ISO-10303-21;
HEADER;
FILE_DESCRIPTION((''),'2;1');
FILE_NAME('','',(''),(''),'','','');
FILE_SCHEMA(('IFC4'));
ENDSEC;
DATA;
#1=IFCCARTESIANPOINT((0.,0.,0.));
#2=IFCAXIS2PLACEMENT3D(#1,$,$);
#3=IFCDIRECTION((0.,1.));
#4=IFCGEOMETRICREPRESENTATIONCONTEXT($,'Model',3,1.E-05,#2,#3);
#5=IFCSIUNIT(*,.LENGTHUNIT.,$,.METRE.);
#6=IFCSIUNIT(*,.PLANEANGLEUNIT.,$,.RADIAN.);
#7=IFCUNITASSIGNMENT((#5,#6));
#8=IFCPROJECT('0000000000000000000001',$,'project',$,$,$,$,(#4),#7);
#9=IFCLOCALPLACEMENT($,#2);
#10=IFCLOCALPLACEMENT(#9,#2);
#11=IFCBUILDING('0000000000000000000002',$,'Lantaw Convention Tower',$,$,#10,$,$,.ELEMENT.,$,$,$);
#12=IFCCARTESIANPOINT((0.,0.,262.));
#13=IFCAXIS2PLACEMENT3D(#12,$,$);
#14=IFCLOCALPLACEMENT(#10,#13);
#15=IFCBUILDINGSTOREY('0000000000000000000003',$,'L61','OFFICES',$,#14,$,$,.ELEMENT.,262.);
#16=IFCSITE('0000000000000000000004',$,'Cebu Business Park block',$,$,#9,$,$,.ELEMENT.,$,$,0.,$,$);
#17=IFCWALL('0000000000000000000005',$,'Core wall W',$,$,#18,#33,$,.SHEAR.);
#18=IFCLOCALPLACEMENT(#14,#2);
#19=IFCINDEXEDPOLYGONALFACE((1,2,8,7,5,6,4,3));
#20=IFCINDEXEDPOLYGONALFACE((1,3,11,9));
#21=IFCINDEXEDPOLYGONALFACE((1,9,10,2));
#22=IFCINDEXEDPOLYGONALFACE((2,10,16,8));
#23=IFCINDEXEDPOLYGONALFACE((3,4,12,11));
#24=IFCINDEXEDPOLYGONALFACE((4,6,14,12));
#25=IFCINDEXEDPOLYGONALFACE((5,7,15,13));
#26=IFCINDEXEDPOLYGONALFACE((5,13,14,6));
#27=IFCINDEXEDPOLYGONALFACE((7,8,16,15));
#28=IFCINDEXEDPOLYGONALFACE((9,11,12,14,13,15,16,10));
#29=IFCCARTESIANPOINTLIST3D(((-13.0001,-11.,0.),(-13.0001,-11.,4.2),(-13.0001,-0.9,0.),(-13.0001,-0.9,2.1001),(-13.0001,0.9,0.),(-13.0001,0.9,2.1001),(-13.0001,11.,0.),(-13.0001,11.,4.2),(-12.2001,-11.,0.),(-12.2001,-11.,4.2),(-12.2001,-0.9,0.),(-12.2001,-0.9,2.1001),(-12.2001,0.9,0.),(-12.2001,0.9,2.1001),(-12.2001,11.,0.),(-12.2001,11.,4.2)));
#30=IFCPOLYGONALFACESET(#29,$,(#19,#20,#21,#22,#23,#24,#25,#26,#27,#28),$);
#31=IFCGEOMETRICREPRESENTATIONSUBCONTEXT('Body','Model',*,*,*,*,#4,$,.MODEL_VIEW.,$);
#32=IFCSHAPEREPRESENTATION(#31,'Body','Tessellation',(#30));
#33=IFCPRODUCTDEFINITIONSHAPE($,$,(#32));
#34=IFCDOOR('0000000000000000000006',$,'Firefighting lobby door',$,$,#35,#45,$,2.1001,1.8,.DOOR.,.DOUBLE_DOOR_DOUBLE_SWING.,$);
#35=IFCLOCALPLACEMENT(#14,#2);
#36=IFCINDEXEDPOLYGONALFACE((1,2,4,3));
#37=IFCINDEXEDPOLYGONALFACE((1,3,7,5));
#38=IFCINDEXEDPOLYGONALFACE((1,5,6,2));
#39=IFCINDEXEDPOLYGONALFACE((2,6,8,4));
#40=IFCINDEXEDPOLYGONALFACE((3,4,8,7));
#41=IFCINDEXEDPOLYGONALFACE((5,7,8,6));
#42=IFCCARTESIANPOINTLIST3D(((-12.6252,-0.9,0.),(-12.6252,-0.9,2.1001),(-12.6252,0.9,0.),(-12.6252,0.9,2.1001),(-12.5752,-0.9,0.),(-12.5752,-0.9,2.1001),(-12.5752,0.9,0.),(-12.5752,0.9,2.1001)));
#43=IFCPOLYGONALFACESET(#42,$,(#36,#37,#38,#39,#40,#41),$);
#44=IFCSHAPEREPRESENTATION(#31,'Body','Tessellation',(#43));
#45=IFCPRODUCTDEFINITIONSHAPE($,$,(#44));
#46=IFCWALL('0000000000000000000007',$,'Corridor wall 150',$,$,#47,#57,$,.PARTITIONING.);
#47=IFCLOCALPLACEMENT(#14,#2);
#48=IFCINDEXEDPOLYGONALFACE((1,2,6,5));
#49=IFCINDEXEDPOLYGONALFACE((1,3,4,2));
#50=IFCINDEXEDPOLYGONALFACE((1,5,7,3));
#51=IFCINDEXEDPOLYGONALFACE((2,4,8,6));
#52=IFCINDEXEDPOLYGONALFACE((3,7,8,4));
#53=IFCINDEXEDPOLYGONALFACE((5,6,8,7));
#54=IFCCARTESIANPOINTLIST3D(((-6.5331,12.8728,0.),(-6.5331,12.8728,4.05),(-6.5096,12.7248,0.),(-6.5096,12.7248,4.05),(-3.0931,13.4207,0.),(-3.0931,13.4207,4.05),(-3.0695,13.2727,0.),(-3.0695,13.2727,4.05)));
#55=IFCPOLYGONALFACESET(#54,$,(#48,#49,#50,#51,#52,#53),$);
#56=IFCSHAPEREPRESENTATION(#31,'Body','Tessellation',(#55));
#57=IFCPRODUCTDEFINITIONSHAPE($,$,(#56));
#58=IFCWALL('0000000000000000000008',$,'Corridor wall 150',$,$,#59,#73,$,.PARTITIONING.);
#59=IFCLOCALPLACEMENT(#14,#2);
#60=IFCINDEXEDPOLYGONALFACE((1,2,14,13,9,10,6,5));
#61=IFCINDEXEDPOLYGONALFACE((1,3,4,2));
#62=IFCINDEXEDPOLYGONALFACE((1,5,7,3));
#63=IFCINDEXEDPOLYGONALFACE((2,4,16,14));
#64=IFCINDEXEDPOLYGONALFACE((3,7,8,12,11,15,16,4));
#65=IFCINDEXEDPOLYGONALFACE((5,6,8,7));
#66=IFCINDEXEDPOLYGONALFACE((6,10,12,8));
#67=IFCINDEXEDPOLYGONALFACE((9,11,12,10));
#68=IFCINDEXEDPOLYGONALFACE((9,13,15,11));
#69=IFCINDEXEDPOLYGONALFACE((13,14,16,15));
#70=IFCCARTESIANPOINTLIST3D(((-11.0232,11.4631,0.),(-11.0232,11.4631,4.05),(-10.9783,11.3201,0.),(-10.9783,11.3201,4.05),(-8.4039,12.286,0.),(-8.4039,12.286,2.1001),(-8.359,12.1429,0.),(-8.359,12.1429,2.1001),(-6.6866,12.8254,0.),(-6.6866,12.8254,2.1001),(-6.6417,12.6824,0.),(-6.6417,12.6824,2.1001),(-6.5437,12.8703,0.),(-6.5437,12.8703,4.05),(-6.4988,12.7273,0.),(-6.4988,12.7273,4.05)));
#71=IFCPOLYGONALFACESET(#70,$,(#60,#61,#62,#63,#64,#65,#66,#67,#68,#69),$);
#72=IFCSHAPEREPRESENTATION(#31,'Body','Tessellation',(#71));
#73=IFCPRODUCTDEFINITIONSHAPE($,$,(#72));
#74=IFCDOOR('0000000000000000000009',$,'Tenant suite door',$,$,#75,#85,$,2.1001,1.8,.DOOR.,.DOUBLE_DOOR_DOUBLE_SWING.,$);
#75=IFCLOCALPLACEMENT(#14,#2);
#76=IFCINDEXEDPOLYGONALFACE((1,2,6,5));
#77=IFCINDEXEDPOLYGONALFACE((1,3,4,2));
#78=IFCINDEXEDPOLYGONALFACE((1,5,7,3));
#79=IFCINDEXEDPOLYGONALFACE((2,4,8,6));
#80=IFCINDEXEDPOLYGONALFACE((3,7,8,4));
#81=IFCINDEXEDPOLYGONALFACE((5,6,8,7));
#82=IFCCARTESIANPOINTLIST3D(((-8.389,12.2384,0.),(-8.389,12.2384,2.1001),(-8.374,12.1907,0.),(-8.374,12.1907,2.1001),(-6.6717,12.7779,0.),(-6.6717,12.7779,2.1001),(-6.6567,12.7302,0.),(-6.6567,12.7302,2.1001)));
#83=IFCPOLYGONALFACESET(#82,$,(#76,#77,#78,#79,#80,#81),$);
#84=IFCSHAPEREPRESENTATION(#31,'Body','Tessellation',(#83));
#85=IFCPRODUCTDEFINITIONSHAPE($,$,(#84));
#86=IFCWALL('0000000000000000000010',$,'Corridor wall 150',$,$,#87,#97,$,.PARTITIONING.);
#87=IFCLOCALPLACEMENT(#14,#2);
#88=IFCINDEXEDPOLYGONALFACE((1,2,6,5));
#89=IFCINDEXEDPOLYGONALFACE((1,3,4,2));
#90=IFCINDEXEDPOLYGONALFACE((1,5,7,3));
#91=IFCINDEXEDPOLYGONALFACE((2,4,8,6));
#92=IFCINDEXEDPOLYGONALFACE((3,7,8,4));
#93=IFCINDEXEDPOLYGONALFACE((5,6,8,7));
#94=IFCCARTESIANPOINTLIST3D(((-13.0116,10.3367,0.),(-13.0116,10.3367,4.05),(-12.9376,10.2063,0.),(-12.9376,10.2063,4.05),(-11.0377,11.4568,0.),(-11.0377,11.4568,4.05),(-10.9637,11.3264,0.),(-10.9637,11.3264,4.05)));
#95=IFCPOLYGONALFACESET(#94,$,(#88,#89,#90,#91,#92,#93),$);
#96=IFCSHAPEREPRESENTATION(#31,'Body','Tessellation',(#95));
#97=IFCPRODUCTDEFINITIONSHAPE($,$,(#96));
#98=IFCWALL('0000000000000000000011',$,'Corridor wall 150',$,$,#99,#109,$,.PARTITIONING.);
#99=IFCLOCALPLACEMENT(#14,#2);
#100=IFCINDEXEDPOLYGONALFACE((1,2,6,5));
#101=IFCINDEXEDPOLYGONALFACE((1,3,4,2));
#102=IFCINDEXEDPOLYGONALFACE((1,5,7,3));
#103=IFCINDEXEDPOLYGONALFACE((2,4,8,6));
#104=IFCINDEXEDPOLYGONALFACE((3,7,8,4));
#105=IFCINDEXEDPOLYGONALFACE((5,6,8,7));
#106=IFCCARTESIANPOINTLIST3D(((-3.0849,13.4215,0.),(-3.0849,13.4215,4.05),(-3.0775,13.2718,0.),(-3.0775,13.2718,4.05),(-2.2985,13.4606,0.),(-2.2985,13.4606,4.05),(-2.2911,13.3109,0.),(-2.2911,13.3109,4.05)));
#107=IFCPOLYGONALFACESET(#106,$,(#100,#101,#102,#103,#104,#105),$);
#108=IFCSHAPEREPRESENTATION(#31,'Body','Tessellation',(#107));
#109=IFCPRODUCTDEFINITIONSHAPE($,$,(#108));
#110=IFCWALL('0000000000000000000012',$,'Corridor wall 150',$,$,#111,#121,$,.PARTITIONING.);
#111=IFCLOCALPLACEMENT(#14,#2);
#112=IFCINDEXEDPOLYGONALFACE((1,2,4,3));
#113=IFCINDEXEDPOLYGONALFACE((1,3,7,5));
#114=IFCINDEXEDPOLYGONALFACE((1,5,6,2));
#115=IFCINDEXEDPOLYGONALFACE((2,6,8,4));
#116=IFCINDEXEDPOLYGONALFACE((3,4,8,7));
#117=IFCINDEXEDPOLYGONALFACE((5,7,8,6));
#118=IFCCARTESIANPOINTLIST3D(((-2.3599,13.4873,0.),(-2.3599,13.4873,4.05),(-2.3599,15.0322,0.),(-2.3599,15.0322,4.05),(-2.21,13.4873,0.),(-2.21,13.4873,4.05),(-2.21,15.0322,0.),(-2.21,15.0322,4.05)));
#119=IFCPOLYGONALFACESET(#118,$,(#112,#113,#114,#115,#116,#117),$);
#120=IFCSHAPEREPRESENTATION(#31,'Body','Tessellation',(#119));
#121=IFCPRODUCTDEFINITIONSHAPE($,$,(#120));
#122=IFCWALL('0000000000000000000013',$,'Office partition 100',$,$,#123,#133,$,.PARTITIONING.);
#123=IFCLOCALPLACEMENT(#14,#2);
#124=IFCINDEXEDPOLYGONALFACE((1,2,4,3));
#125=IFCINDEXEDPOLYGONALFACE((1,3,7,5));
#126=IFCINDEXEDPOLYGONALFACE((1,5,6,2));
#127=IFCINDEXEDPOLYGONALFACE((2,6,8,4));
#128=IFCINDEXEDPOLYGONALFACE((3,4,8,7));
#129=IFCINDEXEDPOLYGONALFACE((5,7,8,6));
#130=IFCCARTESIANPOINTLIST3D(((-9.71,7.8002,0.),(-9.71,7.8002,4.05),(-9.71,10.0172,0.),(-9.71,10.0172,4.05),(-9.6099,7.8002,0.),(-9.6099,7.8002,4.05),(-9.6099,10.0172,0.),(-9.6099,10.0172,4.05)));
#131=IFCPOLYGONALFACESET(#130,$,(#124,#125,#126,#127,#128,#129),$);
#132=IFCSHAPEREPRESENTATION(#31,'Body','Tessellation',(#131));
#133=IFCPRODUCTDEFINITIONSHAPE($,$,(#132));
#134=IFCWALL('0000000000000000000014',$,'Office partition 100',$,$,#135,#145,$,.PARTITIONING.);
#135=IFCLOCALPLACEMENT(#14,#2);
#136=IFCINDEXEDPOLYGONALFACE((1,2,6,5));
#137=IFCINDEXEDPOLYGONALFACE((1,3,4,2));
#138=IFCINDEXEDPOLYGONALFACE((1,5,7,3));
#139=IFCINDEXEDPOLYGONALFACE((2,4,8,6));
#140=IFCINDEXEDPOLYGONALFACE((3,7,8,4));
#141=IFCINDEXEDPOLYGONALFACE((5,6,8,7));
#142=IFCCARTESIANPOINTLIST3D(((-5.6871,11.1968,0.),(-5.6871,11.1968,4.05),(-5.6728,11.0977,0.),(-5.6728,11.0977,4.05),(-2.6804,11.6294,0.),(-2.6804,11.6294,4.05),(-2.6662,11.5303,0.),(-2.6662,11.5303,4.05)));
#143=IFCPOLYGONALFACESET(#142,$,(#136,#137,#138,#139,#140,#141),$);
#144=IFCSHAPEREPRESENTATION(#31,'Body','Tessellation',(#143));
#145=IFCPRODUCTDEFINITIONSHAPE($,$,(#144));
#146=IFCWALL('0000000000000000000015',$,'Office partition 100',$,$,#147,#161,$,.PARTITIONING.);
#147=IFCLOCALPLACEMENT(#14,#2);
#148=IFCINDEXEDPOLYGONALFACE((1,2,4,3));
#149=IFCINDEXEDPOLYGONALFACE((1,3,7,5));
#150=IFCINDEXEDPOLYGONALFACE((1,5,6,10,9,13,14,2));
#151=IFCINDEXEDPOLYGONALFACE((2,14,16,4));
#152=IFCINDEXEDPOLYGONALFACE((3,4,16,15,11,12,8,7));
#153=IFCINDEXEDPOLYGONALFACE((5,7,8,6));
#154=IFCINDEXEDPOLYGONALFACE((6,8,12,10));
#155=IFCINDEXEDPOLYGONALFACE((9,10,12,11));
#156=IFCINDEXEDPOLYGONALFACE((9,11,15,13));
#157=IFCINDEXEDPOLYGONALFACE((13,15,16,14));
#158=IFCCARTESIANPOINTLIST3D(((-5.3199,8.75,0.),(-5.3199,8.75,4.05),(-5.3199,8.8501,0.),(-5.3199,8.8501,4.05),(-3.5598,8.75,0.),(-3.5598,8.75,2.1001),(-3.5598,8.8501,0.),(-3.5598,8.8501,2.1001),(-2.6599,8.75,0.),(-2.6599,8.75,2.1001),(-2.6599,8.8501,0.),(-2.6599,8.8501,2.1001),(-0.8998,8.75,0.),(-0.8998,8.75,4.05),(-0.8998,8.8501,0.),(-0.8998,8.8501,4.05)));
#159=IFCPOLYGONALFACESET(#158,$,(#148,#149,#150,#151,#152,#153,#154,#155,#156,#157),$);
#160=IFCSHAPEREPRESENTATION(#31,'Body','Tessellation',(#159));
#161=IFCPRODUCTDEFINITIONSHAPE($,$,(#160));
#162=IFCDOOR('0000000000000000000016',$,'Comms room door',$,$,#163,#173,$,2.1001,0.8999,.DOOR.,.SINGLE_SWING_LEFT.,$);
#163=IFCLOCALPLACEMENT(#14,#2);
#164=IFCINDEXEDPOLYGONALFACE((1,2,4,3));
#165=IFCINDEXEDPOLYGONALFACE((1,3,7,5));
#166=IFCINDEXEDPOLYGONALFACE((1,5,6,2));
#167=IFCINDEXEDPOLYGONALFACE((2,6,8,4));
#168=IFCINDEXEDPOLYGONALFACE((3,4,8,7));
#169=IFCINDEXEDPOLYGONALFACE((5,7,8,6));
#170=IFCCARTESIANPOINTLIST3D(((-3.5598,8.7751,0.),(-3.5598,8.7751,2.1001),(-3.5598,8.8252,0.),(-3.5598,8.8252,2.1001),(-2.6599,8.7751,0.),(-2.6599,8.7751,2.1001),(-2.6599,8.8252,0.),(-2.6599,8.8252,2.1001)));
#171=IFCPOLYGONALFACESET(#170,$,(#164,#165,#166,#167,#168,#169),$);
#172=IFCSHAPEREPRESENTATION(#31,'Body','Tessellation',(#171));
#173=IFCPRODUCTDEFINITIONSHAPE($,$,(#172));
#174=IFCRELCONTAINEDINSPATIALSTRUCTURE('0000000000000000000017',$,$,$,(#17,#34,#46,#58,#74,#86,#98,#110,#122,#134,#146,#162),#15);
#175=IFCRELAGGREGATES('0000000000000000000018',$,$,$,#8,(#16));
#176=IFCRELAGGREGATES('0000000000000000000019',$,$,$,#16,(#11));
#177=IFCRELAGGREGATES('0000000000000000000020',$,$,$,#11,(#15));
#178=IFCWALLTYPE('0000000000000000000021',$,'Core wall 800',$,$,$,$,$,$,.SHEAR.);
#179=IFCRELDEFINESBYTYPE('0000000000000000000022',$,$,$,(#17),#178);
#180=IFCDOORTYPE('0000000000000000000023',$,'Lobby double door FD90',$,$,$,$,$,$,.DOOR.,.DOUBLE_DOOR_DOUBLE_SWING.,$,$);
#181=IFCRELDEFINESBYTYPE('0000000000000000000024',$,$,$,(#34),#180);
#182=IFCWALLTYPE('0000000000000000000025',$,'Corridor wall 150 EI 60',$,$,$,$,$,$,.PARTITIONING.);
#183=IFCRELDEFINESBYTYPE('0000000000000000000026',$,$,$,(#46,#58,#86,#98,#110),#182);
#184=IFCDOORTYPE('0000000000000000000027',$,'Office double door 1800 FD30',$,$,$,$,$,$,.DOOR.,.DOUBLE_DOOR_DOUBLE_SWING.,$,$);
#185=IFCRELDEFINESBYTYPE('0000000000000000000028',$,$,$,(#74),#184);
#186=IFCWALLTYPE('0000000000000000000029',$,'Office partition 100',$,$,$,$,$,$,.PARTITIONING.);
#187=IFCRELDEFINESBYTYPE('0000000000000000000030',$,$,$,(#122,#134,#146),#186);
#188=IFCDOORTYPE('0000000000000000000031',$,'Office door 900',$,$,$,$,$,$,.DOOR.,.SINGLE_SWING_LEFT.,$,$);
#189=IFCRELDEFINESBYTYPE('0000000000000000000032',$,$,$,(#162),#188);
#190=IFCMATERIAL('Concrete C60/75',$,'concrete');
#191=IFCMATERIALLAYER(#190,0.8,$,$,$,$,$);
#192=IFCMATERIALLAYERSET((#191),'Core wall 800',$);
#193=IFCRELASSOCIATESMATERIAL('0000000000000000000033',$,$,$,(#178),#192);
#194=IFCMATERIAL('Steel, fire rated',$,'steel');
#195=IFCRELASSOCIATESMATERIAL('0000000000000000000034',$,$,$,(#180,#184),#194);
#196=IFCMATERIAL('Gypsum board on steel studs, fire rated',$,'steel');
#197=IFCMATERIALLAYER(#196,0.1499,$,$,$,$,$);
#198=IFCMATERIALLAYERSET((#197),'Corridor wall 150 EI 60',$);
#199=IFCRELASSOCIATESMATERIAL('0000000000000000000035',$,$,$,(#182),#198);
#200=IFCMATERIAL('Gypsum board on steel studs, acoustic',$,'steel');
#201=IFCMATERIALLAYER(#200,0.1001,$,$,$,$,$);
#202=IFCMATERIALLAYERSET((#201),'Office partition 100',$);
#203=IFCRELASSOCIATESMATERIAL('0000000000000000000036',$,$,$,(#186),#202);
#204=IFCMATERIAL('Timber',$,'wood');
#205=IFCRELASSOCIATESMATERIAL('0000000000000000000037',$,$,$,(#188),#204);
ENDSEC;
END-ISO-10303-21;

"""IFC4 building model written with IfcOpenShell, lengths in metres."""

from ifc_helpers import new_model, si_unit, direction, frame, frame_2d, origin, place, context, subcontext, project, spatial, rectangle, extrude, material, layer, layer_set, type_object, element, fill, save


model = new_model("IFC4")

# Units and contexts
model_context = context("Model", 3, precision=1e-05, world=origin(), true_north=direction((0.0, 1.0)))
body_context = subcontext(model_context, "Body", "Model", "MODEL_VIEW")
ifc_project = project(units=[si_unit("LENGTHUNIT", "METRE"), si_unit("PLANEANGLEUNIT", "RADIAN")], contexts=[model_context])

# Site, building, storey
site_placement = place(None, origin())
site = spatial("IfcSite", under=ifc_project, at=site_placement, Name="Cebu Business Park block", CompositionType="ELEMENT", RefElevation=0.0)
building_placement = place(site_placement, origin())
building = spatial("IfcBuilding", under=site, at=building_placement, Name="Lantaw Convention Tower", CompositionType="ELEMENT")
storey_placement = place(building_placement, frame((0.0, 0.0, 262.0)))
storey = spatial("IfcBuildingStorey", under=building, at=storey_placement, Name="L61", Description="OFFICES", CompositionType="ELEMENT", Elevation=262.0)

# Shared definitions
ifc_material_1 = material(Name="Concrete C60/75", Category="concrete")

# Wall, opening, door
ifc_layer_1 = layer(ifc_material_1, 0.8)
ifc_layer_set_1 = layer_set([ifc_layer_1], Name="Core wall 800")
wall_type_1 = type_object("IfcWallType", Name="Core wall 800", PredefinedType="SHEAR", material=ifc_layer_set_1)
wall_1_placement = place(storey_placement, frame((-12.6001, 11.0, 0.0), z_axis=(0.0, 0.0, 1.0), x_axis=(0.0, -1.0, 0.0)))
wall_1 = element("IfcWall", 1, at=wall_1_placement, inside=storey, type_object=wall_type_1, Name="Core wall W", PredefinedType="SHEAR", context=body_context, shape_type="SweptSolid", body=[
    extrude(rectangle(XDim=22.0, YDim=0.8, at=frame_2d((11.0, 0.0))), origin(), (0.0, 0.0, 1.0), 4.2),
])
opening_1_placement = place(wall_1_placement, frame((10.1001, 0.0, 0.0)))
opening_1 = element("IfcOpeningElement", 2, at=opening_1_placement, cuts=wall_1, PredefinedType="OPENING", context=body_context, shape_type="SweptSolid", body=[
    extrude(rectangle(XDim=1.8, YDim=2.1001, at=frame_2d((0.8999, 1.05))), frame((0.0, 0.4099, 0.0), z_axis=(0.0, -1.0, 0.0), x_axis=(1.0, 0.0, 0.0)), (0.0, 0.0, 1.0), 0.8201),
])
ifc_material_2 = material(Name="Steel, fire rated", Category="steel")
door_type_1 = type_object("IfcDoorType", Name="Lobby double door FD90", OperationType="DOUBLE_DOOR_DOUBLE_SWING", PredefinedType="DOOR", material=ifc_material_2)
door_1_placement = place(opening_1_placement, origin())
door_1 = element("IfcDoor", 3, at=door_1_placement, inside=storey, type_object=door_type_1, Name="Firefighting lobby door", OperationType="DOUBLE_DOOR_DOUBLE_SWING", OverallHeight=2.1001, OverallWidth=1.8, PredefinedType="DOOR", context=body_context, shape_type="SweptSolid", body=[
    extrude(rectangle(XDim=1.8, YDim=2.1001, at=frame_2d((0.8999, 1.05))), frame((0.0, 0.0249, 0.0), z_axis=(0.0, -1.0, 0.0), x_axis=(1.0, 0.0, 0.0)), (0.0, 0.0, 1.0), 0.05),
])
fill(opening_1, door_1)

# Wall
ifc_material_3 = material(Name="Gypsum board on steel studs, fire rated", Category="steel")
ifc_layer_2 = layer(ifc_material_3, 0.1499)
ifc_layer_set_2 = layer_set([ifc_layer_2], Name="Corridor wall 150 EI 60")
wall_type_2 = type_object("IfcWallType", Name="Corridor wall 150 EI 60", PredefinedType="PARTITIONING", material=ifc_layer_set_2)
wall_2_placement = place(storey_placement, frame((-3.0813, 13.3467, 0.0), z_axis=(0.0, 0.0, 1.0), x_axis=(-0.987554, -0.15728, 0.0)))
element("IfcWall", 4, at=wall_2_placement, inside=storey, type_object=wall_type_2, Name="Corridor wall 150", PredefinedType="PARTITIONING", context=body_context, shape_type="SweptSolid", body=[
    extrude(rectangle(XDim=3.4834, YDim=0.1499, at=frame_2d((1.7417, 0.0))), origin(), (0.0, 0.0, 1.0), 4.05),
])

# Wall, opening, door
wall_3_placement = place(storey_placement, frame((-6.5212, 12.7988, 0.0), z_axis=(0.0, 0.0, 1.0), x_axis=(-0.954031, -0.299708, 0.0)))
wall_3 = element("IfcWall", 5, at=wall_3_placement, inside=storey, type_object=wall_type_2, Name="Corridor wall 150", PredefinedType="PARTITIONING", context=body_context, shape_type="SweptSolid", body=[
    extrude(rectangle(XDim=4.6953, YDim=0.1499, at=frame_2d((2.3477, 0.0))), origin(), (0.0, 0.0, 1.0), 4.05),
])
opening_2_placement = place(wall_3_placement, frame((0.1499, 0.0, 0.0)))
opening_2 = element("IfcOpeningElement", 6, at=opening_2_placement, cuts=wall_3, PredefinedType="OPENING", context=body_context, shape_type="SweptSolid", body=[
    extrude(rectangle(XDim=1.8, YDim=2.1001, at=frame_2d((0.8999, 1.05))), frame((0.0, 0.085, 0.0), z_axis=(0.0, -1.0, 0.0), x_axis=(1.0, 0.0, 0.0)), (0.0, 0.0, 1.0), 0.1699),
])
door_type_2 = type_object("IfcDoorType", Name="Office double door 1800 FD30", OperationType="DOUBLE_DOOR_DOUBLE_SWING", PredefinedType="DOOR", material=ifc_material_2)
door_2_placement = place(opening_2_placement, origin())
door_2 = element("IfcDoor", 7, at=door_2_placement, inside=storey, type_object=door_type_2, Name="Tenant suite door", OperationType="DOUBLE_DOOR_DOUBLE_SWING", OverallHeight=2.1001, OverallWidth=1.8, PredefinedType="DOOR", context=body_context, shape_type="SweptSolid", body=[
    extrude(rectangle(XDim=1.8, YDim=2.1001, at=frame_2d((0.8999, 1.05))), frame((0.0, 0.0249, 0.0), z_axis=(0.0, -1.0, 0.0), x_axis=(1.0, 0.0, 0.0)), (0.0, 0.0, 1.0), 0.05),
])
fill(opening_2, door_2)

# Walls
wall_4_placement = place(storey_placement, frame((-11.0007, 11.3916, 0.0), z_axis=(0.0, 0.0, 1.0), x_axis=(-0.869722, -0.493542, 0.0)))
element("IfcWall", 8, at=wall_4_placement, inside=storey, type_object=wall_type_2, Name="Corridor wall 150", PredefinedType="PARTITIONING", context=body_context, shape_type="SweptSolid", body=[
    extrude(rectangle(XDim=2.2695, YDim=0.1499, at=frame_2d((1.1348, 0.0))), origin(), (0.0, 0.0, 1.0), 4.05),
])
wall_5_placement = place(storey_placement, frame((-2.2949, 13.3857, 0.0), z_axis=(0.0, 0.0, 1.0), x_axis=(-0.998769, -0.049613, 0.0)))
element("IfcWall", 9, at=wall_5_placement, inside=storey, type_object=wall_type_2, Name="Corridor wall 150", PredefinedType="PARTITIONING", context=body_context, shape_type="SweptSolid", body=[
    extrude(rectangle(XDim=0.7874, YDim=0.1499, at=frame_2d((0.3936, 0.0))), origin(), (0.0, 0.0, 1.0), 4.05),
])
wall_6_placement = place(storey_placement, frame((-2.2849, 13.4873, 0.0), z_axis=(0.0, 0.0, 1.0), x_axis=(0.0, 1.0, 0.0)))
element("IfcWall", 10, at=wall_6_placement, inside=storey, type_object=wall_type_2, Name="Corridor wall 150", PredefinedType="PARTITIONING", context=body_context, shape_type="SweptSolid", body=[
    extrude(rectangle(XDim=1.5449, YDim=0.1499, at=frame_2d((0.7725, 0.0))), origin(), (0.0, 0.0, 1.0), 4.05),
])
ifc_material_4 = material(Name="Gypsum board on steel studs, acoustic", Category="steel")
ifc_layer_3 = layer(ifc_material_4, 0.1001)
ifc_layer_set_3 = layer_set([ifc_layer_3], Name="Office partition 100")
wall_type_3 = type_object("IfcWallType", Name="Office partition 100", PredefinedType="PARTITIONING", material=ifc_layer_set_3)
wall_7_placement = place(storey_placement, frame((-9.6599, 10.0171, 0.0), z_axis=(0.0, 0.0, 1.0), x_axis=(0.0, -1.0, 0.0)))
element("IfcWall", 11, at=wall_7_placement, inside=storey, type_object=wall_type_3, Name="Office partition 100", PredefinedType="PARTITIONING", context=body_context, shape_type="SweptSolid", body=[
    extrude(rectangle(XDim=2.217, YDim=0.1001, at=frame_2d((1.1084, 0.0))), origin(), (0.0, 0.0, 1.0), 4.05),
])
wall_8_placement = place(storey_placement, frame((-5.6799, 11.1472, 0.0), z_axis=(0.0, 0.0, 1.0), x_axis=(0.989806, 0.142423, 0.0)))
element("IfcWall", 12, at=wall_8_placement, inside=storey, type_object=wall_type_3, Name="Office partition 100", PredefinedType="PARTITIONING", context=body_context, shape_type="SweptSolid", body=[
    extrude(rectangle(XDim=3.0376, YDim=0.1001, at=frame_2d((1.5188, 0.0))), origin(), (0.0, 0.0, 1.0), 4.05),
])

# Wall, opening, door
wall_9_placement = place(storey_placement, frame((-0.8999, 8.8, 0.0), z_axis=(0.0, 0.0, 1.0), x_axis=(-1.0, 0.0, 0.0)))
wall_9 = element("IfcWall", 13, at=wall_9_placement, inside=storey, type_object=wall_type_3, Name="Office partition 100", PredefinedType="PARTITIONING", context=body_context, shape_type="SweptSolid", body=[
    extrude(rectangle(XDim=4.4202, YDim=0.1001, at=frame_2d((2.21, 0.0))), origin(), (0.0, 0.0, 1.0), 4.05),
])
opening_3_placement = place(wall_9_placement, frame((1.76, 0.0, 0.0)))
opening_3 = element("IfcOpeningElement", 14, at=opening_3_placement, cuts=wall_9, PredefinedType="OPENING", context=body_context, shape_type="SweptSolid", body=[
    extrude(rectangle(XDim=0.8999, YDim=2.1001, at=frame_2d((0.45, 1.05))), frame((0.0, 0.0601, 0.0), z_axis=(0.0, -1.0, 0.0), x_axis=(1.0, 0.0, 0.0)), (0.0, 0.0, 1.0), 0.1201),
])
ifc_material_5 = material(Name="Timber", Category="wood")
door_type_3 = type_object("IfcDoorType", Name="Office door 900", OperationType="SINGLE_SWING_LEFT", PredefinedType="DOOR", material=ifc_material_5)
door_3_placement = place(opening_3_placement, origin())
door_3 = element("IfcDoor", 15, at=door_3_placement, inside=storey, type_object=door_type_3, Name="Comms room door", OperationType="SINGLE_SWING_LEFT", OverallHeight=2.1001, OverallWidth=0.8999, PredefinedType="DOOR", context=body_context, shape_type="SweptSolid", body=[
    extrude(rectangle(XDim=0.8999, YDim=2.1001, at=frame_2d((0.45, 1.05))), frame((0.0, 0.0249, 0.0), z_axis=(0.0, -1.0, 0.0), x_axis=(1.0, 0.0, 0.0)), (0.0, 0.0, 1.0), 0.05),
])
fill(opening_3, door_3)

save(model, "model.ifc")
